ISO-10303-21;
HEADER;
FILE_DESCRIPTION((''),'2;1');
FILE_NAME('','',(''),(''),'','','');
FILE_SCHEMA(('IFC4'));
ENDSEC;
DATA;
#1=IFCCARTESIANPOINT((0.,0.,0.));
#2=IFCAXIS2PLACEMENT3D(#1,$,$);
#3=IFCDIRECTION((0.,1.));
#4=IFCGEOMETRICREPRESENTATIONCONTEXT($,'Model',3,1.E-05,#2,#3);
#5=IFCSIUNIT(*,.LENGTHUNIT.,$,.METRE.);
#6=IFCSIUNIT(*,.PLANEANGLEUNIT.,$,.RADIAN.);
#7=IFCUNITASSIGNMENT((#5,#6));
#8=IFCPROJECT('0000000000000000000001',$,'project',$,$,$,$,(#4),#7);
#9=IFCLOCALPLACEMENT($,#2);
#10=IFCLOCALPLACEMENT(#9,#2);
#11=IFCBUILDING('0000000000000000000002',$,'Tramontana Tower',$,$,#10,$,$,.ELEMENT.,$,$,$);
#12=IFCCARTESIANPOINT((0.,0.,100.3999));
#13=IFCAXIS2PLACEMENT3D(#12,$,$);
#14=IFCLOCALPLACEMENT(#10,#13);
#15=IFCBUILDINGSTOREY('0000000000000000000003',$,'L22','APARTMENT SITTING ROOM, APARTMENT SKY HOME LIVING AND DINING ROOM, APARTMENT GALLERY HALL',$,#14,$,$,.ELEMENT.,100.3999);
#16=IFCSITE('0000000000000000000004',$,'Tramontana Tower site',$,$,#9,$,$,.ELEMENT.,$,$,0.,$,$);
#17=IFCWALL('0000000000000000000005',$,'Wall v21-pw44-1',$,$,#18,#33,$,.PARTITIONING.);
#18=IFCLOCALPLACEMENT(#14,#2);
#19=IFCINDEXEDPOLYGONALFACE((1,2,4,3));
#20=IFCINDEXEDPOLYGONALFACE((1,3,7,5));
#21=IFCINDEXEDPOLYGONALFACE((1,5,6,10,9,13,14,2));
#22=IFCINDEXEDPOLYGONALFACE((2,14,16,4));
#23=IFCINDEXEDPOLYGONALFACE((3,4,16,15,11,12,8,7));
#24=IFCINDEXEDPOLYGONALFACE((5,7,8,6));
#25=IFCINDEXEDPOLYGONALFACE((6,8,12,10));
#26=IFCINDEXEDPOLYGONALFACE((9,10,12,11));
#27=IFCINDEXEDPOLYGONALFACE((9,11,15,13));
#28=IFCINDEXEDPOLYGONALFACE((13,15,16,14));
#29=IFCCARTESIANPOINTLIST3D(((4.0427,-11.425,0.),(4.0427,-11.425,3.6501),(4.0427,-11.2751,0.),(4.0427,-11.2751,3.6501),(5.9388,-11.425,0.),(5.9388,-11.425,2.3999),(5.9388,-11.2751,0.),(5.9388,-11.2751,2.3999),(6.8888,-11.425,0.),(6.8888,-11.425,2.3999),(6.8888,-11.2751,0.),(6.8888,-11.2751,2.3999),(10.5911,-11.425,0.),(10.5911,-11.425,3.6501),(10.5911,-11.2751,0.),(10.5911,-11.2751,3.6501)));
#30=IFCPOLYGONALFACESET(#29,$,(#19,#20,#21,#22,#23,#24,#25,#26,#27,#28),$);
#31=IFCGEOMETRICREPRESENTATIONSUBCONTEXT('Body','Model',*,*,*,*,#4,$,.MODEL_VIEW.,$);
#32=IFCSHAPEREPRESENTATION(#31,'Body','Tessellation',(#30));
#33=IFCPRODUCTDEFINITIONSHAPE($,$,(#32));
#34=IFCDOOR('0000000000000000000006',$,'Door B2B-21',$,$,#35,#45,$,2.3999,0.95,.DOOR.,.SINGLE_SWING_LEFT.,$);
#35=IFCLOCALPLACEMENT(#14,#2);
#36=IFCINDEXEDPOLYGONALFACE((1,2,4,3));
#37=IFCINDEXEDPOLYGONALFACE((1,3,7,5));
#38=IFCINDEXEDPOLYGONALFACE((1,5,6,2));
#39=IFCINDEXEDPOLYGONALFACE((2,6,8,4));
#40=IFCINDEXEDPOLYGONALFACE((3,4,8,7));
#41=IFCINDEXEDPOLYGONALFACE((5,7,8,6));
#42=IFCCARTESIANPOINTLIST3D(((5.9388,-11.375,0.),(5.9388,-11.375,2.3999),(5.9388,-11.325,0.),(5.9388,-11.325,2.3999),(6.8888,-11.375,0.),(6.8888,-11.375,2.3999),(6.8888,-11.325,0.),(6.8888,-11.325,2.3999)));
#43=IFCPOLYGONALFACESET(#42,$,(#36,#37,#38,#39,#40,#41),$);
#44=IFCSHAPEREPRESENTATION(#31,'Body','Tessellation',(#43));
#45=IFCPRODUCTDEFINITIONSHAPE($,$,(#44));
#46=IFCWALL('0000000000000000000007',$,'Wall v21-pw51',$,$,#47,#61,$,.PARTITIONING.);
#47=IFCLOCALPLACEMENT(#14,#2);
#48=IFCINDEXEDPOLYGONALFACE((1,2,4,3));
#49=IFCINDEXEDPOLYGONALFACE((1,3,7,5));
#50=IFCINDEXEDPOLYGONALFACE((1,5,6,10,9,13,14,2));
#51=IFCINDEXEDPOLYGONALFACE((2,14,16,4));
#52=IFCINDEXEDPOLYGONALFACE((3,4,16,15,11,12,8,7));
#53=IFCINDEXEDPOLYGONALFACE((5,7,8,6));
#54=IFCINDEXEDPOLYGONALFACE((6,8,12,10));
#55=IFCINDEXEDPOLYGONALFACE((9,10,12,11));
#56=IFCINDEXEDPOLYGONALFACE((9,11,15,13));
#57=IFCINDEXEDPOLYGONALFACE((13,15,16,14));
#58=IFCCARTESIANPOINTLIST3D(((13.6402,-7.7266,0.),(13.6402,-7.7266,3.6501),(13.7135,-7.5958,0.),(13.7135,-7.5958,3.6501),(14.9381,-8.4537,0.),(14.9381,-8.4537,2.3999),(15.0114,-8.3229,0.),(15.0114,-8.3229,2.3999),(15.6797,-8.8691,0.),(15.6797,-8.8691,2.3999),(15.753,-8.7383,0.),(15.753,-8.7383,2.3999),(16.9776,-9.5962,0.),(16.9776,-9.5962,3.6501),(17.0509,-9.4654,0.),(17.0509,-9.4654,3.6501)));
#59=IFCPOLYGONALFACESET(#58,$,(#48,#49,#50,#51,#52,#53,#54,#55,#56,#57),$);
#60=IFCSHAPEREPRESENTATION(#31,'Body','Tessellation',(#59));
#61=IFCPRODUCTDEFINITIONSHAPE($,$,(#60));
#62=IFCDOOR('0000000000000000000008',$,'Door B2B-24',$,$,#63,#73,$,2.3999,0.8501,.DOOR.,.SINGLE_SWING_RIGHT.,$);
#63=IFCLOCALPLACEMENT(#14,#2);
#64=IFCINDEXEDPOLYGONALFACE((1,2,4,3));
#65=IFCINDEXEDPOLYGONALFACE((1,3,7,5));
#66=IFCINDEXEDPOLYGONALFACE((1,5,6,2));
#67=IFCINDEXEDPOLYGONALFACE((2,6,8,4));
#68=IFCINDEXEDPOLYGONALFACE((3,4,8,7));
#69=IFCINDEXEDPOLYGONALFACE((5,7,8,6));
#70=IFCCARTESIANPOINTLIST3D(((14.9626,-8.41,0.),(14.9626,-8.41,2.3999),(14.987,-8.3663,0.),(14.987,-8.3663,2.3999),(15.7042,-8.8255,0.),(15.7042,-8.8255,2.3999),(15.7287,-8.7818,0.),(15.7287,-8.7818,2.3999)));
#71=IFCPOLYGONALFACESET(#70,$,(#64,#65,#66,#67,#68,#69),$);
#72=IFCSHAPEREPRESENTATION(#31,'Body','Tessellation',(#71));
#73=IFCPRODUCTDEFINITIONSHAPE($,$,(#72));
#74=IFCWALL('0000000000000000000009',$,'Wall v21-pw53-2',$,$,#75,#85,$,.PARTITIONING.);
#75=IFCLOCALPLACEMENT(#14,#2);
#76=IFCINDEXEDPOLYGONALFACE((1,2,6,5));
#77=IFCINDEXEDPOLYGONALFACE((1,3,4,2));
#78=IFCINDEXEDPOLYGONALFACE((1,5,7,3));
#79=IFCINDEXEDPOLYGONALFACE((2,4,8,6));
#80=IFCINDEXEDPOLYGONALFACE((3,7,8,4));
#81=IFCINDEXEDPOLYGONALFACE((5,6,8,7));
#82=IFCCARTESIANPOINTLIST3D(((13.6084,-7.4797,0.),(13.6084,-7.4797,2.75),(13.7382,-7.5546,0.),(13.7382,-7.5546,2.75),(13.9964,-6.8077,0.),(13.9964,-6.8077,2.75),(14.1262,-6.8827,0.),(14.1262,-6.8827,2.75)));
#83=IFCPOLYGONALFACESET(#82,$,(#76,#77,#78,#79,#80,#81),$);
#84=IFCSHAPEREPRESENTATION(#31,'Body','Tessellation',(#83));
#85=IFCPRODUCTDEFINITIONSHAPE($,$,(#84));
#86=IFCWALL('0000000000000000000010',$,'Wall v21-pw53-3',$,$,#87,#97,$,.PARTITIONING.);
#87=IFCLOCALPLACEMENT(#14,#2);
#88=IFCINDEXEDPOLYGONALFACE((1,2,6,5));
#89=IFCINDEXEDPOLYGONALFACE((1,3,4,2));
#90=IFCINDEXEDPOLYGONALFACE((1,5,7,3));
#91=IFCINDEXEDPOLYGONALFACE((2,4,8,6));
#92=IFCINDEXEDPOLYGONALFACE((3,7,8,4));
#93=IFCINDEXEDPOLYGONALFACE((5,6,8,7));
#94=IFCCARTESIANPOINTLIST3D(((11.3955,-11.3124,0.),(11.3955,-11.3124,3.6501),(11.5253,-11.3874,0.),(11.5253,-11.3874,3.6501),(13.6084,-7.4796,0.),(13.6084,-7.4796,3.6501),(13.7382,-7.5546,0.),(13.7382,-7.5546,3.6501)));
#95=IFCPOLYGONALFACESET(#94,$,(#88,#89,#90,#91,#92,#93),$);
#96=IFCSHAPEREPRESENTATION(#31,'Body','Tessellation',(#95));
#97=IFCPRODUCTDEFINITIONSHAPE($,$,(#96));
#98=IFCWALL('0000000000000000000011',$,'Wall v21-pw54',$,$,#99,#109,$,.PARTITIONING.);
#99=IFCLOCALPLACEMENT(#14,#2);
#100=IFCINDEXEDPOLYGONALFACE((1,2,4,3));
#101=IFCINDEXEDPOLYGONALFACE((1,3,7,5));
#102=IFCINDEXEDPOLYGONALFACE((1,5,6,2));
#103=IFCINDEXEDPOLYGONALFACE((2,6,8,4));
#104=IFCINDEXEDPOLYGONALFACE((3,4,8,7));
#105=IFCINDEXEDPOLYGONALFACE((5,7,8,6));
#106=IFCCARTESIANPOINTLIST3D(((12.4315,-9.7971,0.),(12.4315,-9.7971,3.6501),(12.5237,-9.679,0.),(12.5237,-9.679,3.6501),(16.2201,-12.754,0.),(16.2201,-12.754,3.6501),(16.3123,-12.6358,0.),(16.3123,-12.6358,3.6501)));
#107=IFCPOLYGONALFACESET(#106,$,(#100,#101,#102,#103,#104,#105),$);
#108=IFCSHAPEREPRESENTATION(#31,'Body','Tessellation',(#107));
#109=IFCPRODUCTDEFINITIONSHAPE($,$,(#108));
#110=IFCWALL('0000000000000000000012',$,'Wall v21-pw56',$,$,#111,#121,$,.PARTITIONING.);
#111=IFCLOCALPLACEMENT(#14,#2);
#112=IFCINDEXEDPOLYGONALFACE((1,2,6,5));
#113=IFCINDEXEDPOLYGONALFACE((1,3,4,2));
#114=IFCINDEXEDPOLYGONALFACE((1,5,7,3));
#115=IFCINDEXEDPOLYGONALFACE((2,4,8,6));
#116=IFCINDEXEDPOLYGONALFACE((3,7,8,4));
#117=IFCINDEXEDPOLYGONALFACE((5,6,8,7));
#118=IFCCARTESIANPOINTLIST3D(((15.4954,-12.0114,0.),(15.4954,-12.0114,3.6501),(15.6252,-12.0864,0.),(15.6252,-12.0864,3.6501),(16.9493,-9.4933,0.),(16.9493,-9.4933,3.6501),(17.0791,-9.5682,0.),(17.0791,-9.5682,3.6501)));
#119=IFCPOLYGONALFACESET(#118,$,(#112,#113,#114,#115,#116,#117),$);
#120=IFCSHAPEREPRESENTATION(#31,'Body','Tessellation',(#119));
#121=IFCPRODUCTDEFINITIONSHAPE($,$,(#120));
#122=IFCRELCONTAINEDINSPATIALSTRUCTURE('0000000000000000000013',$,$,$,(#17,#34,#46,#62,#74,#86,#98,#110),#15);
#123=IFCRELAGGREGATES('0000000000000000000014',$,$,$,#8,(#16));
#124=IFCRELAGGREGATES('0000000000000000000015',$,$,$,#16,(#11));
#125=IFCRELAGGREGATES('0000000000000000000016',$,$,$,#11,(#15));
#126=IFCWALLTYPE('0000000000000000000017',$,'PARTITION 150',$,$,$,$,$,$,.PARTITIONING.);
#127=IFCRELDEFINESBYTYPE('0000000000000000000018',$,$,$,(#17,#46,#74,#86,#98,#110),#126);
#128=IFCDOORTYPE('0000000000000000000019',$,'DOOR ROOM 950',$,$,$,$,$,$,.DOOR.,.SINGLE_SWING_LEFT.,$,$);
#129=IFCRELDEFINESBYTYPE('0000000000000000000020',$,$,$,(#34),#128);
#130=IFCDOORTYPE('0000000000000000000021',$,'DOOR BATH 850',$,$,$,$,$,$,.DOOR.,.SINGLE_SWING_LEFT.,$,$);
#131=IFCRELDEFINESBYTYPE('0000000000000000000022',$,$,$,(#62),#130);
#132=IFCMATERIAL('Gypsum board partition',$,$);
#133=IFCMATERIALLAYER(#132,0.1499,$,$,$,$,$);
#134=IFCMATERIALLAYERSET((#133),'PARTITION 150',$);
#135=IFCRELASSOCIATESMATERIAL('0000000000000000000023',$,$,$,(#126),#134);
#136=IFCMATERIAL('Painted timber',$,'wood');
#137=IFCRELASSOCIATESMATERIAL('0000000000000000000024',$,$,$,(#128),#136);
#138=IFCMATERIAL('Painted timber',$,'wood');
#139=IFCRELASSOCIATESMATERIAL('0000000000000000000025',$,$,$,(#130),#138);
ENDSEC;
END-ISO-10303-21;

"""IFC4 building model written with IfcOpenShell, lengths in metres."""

from ifc_helpers import new_model, si_unit, direction, frame, frame_2d, origin, place, context, subcontext, project, spatial, rectangle, extrude, material, layer, layer_set, type_object, element, fill, save


model = new_model("IFC4")

# Units and contexts
model_context = context("Model", 3, precision=1e-05, world=origin(), true_north=direction((0.0, 1.0)))
body_context = subcontext(model_context, "Body", "Model", "MODEL_VIEW")
ifc_project = project(units=[si_unit("LENGTHUNIT", "METRE"), si_unit("PLANEANGLEUNIT", "RADIAN")], contexts=[model_context])

# Site, building, storey
site_placement = place(None, origin())
site = spatial("IfcSite", under=ifc_project, at=site_placement, Name="Tramontana Tower site", CompositionType="ELEMENT", RefElevation=0.0)
building_placement = place(site_placement, origin())
building = spatial("IfcBuilding", under=site, at=building_placement, Name="Tramontana Tower", CompositionType="ELEMENT")
storey_placement = place(building_placement, frame((0.0, 0.0, 100.3999)))
storey = spatial("IfcBuildingStorey", under=building, at=storey_placement, Name="L22", Description="APARTMENT SITTING ROOM, APARTMENT SKY HOME LIVING AND DINING ROOM, APARTMENT GALLERY HALL", CompositionType="ELEMENT", Elevation=100.3999)

# Shared definitions
ifc_material_1 = material(Name="Gypsum board partition")
ifc_layer_1 = layer(ifc_material_1, 0.1499)
ifc_layer_set_1 = layer_set([ifc_layer_1], Name="PARTITION 150")
wall_type_1 = type_object("IfcWallType", Name="PARTITION 150", PredefinedType="PARTITIONING", material=ifc_layer_set_1)

# Walls, openings, doors
wall_1_placement = place(storey_placement, frame((10.5911, -11.3501, 0.0), z_axis=(0.0, 0.0, 1.0), x_axis=(-1.0, 0.0, 0.0)))
wall_1 = element("IfcWall", 1, at=wall_1_placement, inside=storey, type_object=wall_type_1, Name="Wall v21-pw44-1", PredefinedType="PARTITIONING", context=body_context, shape_type="SweptSolid", body=[
    extrude(rectangle(XDim=6.5483, YDim=0.1499, at=frame_2d((3.2742, 0.0))), origin(), (0.0, 0.0, 1.0), 3.6501),
])
opening_1_placement = place(wall_1_placement, frame((3.7021, 0.0, 0.0)))
opening_1 = element("IfcOpeningElement", 2, at=opening_1_placement, cuts=wall_1, PredefinedType="OPENING", context=body_context, shape_type="SweptSolid", body=[
    extrude(rectangle(XDim=0.95, YDim=2.3999, at=frame_2d((0.4751, 1.2))), frame((0.0, 0.085, 0.0), z_axis=(0.0, -1.0, 0.0), x_axis=(1.0, 0.0, 0.0)), (0.0, 0.0, 1.0), 0.1699),
])
ifc_material_2 = material(Name="Painted timber", Category="wood")
door_type_1 = type_object("IfcDoorType", Name="DOOR ROOM 950", OperationType="SINGLE_SWING_LEFT", PredefinedType="DOOR", material=ifc_material_2)
door_1_placement = place(opening_1_placement, origin())
door_1 = element("IfcDoor", 3, at=door_1_placement, inside=storey, type_object=door_type_1, Name="Door B2B-21", OperationType="SINGLE_SWING_LEFT", OverallHeight=2.3999, OverallWidth=0.95, PredefinedType="DOOR", context=body_context, shape_type="SweptSolid", body=[
    extrude(rectangle(XDim=0.95, YDim=2.3999, at=frame_2d((0.4751, 1.2))), frame((0.0, 0.0249, 0.0), z_axis=(0.0, -1.0, 0.0), x_axis=(1.0, 0.0, 0.0)), (0.0, 0.0, 1.0), 0.05),
])
fill(opening_1, door_1)
wall_2_placement = place(storey_placement, frame((17.0142, -9.5308, 0.0), z_axis=(0.0, 0.0, 1.0), x_axis=(-0.87243, 0.488739, 0.0)))
wall_2 = element("IfcWall", 4, at=wall_2_placement, inside=storey, type_object=wall_type_1, Name="Wall v21-pw51", PredefinedType="PARTITIONING", context=body_context, shape_type="SweptSolid", body=[
    extrude(rectangle(XDim=3.8254, YDim=0.1499, at=frame_2d((1.9126, 0.0))), origin(), (0.0, 0.0, 1.0), 3.6501),
])
opening_2_placement = place(wall_2_placement, frame((1.4875, 0.0, 0.0)))
opening_2 = element("IfcOpeningElement", 5, at=opening_2_placement, cuts=wall_2, PredefinedType="OPENING", context=body_context, shape_type="SweptSolid", body=[
    extrude(rectangle(XDim=0.8501, YDim=2.3999, at=frame_2d((0.425, 1.2))), frame((0.0, 0.085, 0.0), z_axis=(0.0, -1.0, 0.0), x_axis=(1.0, 0.0, 0.0)), (0.0, 0.0, 1.0), 0.1699),
])
ifc_material_3 = material(Name="Painted timber", Category="wood")
door_type_2 = type_object("IfcDoorType", Name="DOOR BATH 850", OperationType="SINGLE_SWING_LEFT", PredefinedType="DOOR", material=ifc_material_3)
door_2_placement = place(opening_2_placement, origin())
door_2 = element("IfcDoor", 6, at=door_2_placement, inside=storey, type_object=door_type_2, Name="Door B2B-24", OperationType="SINGLE_SWING_RIGHT", OverallHeight=2.3999, OverallWidth=0.8501, PredefinedType="DOOR", context=body_context, shape_type="SweptSolid", body=[
    extrude(rectangle(XDim=0.8501, YDim=2.3999, at=frame_2d((0.425, 1.2))), frame((0.0, 0.0249, 0.0), z_axis=(0.0, -1.0, 0.0), x_axis=(1.0, 0.0, 0.0)), (0.0, 0.0, 1.0), 0.05),
])
fill(opening_2, door_2)

# Walls
wall_3_placement = place(storey_placement, frame((14.0613, -6.8452, 0.0), z_axis=(0.0, 0.0, 1.0), x_axis=(-0.500031, -0.866007, 0.0)))
element("IfcWall", 7, at=wall_3_placement, inside=storey, type_object=wall_type_1, Name="Wall v21-pw53-2", PredefinedType="PARTITIONING", context=body_context, shape_type="SweptSolid", body=[
    extrude(rectangle(XDim=0.7759, YDim=0.1499, at=frame_2d((0.3879, 0.0))), origin(), (0.0, 0.0, 1.0), 2.75),
])
wall_4_placement = place(storey_placement, frame((13.6733, -7.5171, 0.0), z_axis=(0.0, 0.0, 1.0), x_axis=(-0.500007, -0.866021, 0.0)))
element("IfcWall", 8, at=wall_4_placement, inside=storey, type_object=wall_type_1, Name="Wall v21-pw53-3", PredefinedType="PARTITIONING", context=body_context, shape_type="SweptSolid", body=[
    extrude(rectangle(XDim=4.4258, YDim=0.1499, at=frame_2d((2.2129, 0.0))), origin(), (0.0, 0.0, 1.0), 3.6501),
])
wall_5_placement = place(storey_placement, frame((16.2661, -12.6948, 0.0), z_axis=(0.0, 0.0, 1.0), x_axis=(-0.788331, 0.615252, 0.0)))
element("IfcWall", 9, at=wall_5_placement, inside=storey, type_object=wall_type_1, Name="Wall v21-pw54", PredefinedType="PARTITIONING", context=body_context, shape_type="SweptSolid", body=[
    extrude(rectangle(XDim=4.8059, YDim=0.1499, at=frame_2d((2.4028, 0.0))), origin(), (0.0, 0.0, 1.0), 3.6501),
])
wall_6_placement = place(storey_placement, frame((17.0142, -9.5308, 0.0), z_axis=(0.0, 0.0, 1.0), x_axis=(-0.500013, -0.866018, 0.0)))
element("IfcWall", 10, at=wall_6_placement, inside=storey, type_object=wall_type_1, Name="Wall v21-pw56", PredefinedType="PARTITIONING", context=body_context, shape_type="SweptSolid", body=[
    extrude(rectangle(XDim=2.9077, YDim=0.1499, at=frame_2d((1.4539, 0.0))), origin(), (0.0, 0.0, 1.0), 3.6501),
])

save(model, "model.ifc")
